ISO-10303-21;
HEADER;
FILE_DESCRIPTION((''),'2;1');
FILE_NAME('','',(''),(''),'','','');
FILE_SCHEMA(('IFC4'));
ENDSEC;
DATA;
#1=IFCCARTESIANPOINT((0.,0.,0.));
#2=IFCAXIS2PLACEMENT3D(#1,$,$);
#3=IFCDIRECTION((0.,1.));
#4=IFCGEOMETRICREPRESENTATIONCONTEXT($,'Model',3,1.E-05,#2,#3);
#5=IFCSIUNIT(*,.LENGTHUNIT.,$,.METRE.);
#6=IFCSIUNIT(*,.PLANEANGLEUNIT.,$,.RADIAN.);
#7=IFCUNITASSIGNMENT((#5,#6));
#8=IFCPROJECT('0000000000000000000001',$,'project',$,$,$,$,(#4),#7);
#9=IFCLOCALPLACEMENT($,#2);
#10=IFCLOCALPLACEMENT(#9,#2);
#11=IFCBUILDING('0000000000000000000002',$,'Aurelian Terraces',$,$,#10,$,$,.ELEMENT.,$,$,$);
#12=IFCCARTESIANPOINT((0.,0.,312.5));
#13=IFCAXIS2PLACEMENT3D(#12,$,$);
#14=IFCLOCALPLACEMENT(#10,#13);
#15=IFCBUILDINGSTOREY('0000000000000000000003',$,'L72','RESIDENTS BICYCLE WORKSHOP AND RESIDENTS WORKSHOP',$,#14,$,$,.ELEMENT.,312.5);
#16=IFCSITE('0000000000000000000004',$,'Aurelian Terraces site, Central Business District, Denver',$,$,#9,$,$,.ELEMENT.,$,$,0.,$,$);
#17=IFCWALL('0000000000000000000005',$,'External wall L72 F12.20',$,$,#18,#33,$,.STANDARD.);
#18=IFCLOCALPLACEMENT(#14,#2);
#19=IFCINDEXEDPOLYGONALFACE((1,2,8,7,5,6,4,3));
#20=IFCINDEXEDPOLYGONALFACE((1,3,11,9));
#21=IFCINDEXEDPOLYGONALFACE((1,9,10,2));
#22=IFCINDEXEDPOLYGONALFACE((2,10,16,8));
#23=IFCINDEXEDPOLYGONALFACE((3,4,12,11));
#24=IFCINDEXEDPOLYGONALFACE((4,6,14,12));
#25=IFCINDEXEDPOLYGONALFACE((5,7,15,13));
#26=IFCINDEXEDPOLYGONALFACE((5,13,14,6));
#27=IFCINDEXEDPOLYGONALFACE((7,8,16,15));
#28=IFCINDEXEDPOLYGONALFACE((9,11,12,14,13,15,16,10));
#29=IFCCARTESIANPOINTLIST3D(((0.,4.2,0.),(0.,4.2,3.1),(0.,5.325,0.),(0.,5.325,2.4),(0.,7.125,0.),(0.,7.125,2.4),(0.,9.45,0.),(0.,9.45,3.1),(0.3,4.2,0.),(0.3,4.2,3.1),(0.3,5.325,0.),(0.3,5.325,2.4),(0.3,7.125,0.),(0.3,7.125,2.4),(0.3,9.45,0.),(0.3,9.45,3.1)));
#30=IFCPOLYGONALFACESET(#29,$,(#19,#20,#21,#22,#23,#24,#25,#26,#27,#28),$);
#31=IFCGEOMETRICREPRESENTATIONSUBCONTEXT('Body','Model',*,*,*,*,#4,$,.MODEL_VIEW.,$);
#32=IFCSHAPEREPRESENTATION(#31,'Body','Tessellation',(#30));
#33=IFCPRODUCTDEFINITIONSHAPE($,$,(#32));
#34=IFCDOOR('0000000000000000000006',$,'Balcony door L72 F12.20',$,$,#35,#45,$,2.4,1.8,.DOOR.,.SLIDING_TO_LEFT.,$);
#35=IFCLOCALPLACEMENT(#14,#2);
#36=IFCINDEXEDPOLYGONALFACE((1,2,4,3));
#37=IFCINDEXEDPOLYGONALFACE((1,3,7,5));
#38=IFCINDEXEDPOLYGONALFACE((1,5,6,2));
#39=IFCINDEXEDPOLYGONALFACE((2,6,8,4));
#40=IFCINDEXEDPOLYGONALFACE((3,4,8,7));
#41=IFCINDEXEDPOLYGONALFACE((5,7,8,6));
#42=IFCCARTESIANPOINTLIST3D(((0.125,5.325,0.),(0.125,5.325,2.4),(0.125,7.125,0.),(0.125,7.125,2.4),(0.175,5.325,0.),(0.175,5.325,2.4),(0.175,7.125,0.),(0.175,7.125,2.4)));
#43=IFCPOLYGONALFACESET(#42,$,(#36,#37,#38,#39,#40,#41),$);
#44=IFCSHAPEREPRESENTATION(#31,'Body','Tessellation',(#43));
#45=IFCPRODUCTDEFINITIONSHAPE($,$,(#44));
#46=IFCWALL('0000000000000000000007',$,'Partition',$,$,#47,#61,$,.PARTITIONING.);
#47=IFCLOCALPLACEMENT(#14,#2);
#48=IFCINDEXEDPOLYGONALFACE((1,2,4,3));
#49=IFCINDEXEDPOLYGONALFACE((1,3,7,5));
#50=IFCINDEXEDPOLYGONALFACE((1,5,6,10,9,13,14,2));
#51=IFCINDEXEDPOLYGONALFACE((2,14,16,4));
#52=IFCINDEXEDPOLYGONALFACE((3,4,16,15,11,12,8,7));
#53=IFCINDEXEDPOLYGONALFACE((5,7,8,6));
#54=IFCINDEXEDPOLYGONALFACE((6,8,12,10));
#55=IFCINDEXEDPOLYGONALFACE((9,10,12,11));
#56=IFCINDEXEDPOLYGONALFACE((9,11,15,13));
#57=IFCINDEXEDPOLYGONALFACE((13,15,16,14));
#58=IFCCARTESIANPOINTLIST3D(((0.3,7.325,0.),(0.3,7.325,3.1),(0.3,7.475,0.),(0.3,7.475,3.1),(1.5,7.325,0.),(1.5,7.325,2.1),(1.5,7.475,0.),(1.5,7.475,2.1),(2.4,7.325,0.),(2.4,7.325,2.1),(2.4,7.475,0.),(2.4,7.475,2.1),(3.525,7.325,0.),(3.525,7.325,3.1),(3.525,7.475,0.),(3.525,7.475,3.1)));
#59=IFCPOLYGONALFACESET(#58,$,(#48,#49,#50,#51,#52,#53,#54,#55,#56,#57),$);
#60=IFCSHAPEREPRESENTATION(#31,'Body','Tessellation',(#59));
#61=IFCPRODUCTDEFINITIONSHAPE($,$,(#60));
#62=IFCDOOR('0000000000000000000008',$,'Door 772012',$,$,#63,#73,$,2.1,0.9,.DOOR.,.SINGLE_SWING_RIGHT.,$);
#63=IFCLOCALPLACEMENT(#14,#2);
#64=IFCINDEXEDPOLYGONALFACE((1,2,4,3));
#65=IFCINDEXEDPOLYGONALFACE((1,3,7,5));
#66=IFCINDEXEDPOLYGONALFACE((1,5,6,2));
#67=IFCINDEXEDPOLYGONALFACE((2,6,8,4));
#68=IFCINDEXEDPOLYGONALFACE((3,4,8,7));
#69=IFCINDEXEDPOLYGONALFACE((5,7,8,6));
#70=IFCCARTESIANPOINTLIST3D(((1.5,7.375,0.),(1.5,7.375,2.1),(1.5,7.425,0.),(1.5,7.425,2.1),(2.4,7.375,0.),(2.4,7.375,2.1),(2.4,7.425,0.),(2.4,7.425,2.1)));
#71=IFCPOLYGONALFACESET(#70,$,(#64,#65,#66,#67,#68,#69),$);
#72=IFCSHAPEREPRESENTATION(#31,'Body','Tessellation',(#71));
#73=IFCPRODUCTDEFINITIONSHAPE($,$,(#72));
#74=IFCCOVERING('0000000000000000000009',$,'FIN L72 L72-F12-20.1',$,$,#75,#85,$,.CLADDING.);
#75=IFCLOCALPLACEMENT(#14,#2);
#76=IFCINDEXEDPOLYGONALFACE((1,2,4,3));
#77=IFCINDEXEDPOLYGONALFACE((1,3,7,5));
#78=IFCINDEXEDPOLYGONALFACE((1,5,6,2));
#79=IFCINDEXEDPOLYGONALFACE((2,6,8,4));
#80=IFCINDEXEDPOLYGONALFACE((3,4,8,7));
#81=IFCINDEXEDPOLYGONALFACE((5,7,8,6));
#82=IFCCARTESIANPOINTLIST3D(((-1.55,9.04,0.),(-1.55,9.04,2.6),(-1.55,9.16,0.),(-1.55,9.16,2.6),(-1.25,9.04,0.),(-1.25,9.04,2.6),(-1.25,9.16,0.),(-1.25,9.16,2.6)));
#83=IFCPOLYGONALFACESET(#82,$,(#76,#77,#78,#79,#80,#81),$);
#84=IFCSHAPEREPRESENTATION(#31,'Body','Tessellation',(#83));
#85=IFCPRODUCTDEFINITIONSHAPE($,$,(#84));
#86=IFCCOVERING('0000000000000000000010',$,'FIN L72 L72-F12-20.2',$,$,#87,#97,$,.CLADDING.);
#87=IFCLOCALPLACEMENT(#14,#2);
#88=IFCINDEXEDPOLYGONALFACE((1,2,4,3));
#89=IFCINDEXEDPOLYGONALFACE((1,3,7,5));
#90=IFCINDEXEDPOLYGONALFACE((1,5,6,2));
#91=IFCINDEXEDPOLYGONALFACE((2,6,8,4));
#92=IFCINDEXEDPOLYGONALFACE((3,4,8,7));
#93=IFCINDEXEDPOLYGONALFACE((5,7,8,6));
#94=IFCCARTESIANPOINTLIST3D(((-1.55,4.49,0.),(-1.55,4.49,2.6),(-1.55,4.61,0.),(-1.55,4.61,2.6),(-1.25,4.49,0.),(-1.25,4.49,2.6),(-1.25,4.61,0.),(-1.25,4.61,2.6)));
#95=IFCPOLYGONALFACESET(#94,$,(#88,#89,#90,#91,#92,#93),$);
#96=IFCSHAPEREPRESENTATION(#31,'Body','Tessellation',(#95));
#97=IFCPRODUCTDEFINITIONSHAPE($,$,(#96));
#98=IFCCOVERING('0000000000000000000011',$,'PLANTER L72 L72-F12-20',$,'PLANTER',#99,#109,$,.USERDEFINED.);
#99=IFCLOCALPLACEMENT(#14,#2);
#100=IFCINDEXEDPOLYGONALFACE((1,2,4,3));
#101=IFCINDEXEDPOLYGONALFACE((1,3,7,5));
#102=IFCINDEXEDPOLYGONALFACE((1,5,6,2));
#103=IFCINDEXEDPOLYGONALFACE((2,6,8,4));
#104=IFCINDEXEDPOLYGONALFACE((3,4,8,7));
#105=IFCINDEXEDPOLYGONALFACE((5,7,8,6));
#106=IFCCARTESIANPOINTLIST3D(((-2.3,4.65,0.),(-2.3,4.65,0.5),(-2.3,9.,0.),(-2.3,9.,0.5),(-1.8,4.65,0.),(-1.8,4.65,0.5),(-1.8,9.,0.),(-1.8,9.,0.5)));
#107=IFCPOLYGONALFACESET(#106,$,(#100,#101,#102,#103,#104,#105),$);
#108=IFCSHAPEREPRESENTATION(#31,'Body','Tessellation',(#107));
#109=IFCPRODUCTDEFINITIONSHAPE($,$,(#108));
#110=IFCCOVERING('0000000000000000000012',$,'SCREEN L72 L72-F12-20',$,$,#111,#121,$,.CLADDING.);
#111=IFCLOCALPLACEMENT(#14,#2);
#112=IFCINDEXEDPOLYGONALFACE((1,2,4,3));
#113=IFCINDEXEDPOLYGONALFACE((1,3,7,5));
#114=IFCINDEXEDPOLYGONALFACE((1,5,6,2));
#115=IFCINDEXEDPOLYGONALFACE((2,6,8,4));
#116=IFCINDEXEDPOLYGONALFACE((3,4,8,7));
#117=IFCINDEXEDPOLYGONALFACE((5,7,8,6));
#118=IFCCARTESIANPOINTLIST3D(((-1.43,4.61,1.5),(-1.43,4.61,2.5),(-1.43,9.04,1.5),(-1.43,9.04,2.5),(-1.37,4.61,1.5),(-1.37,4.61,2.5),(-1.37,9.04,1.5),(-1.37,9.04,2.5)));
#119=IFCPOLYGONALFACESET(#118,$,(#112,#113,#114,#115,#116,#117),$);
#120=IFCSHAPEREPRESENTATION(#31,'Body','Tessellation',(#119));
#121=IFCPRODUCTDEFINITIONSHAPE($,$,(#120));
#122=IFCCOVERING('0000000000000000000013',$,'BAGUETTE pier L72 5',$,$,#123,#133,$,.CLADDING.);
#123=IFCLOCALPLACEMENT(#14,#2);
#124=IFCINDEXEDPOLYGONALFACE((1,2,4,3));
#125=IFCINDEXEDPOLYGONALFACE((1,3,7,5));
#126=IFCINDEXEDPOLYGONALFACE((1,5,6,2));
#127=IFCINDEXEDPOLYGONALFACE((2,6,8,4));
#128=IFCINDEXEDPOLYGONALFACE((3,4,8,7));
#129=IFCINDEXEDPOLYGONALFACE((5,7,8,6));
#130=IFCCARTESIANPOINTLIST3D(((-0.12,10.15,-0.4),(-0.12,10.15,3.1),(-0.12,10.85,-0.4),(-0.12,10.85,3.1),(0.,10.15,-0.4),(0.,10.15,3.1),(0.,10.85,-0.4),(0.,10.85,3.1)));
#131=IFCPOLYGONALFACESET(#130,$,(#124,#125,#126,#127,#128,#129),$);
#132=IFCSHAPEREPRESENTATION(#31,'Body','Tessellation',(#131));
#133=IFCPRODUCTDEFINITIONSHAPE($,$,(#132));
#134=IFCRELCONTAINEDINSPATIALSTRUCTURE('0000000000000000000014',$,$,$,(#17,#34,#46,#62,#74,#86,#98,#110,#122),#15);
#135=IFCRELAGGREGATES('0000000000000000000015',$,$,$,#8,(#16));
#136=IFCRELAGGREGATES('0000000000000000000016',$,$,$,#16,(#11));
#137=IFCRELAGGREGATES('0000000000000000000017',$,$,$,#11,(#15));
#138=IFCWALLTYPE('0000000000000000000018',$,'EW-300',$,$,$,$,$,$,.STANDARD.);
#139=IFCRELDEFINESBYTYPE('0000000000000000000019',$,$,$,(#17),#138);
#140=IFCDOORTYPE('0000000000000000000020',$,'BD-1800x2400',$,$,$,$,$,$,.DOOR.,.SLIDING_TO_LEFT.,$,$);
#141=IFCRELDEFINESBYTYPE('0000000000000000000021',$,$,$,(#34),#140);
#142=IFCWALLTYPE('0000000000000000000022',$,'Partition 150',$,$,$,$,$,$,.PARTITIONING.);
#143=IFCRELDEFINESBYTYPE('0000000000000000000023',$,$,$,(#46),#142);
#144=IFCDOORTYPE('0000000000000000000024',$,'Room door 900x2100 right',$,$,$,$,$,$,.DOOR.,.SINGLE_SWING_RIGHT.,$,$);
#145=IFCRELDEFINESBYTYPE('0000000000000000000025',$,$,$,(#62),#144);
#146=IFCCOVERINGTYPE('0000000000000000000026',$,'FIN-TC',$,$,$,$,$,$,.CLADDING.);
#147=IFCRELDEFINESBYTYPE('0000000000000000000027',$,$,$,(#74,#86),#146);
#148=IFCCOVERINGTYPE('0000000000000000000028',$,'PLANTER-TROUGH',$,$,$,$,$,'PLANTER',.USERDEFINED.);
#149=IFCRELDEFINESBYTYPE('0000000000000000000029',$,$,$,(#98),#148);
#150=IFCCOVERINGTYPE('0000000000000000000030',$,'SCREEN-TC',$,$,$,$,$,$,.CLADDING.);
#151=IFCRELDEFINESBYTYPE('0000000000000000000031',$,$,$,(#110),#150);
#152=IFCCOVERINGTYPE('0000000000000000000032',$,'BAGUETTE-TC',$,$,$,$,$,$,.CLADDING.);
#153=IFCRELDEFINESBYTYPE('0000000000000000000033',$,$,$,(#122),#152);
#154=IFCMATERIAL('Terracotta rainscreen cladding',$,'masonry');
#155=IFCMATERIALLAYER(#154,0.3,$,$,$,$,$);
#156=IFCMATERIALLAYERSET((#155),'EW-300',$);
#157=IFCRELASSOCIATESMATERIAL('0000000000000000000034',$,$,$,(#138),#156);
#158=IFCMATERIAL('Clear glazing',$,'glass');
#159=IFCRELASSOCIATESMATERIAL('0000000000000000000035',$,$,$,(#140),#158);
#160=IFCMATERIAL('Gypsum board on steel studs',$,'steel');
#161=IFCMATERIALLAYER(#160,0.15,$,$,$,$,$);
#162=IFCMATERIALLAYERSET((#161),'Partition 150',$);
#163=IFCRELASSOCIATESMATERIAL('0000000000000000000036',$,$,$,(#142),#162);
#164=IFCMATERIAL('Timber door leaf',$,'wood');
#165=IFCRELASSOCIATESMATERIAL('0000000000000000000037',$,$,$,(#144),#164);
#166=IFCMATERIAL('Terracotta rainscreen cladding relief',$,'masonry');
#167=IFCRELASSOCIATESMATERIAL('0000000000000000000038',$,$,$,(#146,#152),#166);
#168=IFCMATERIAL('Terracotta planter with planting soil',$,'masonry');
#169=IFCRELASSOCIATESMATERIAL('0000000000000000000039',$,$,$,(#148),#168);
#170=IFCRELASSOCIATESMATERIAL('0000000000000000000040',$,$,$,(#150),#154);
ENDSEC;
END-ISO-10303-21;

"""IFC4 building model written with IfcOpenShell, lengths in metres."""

from ifc_helpers import new_model, si_unit, direction, frame, frame_2d, origin, origin_2d, place, context, subcontext, project, spatial, rectangle, extrude, source, transform, mapped, material, layer, layer_set, type_object, element, fill, save


model = new_model("IFC4")

# Units and contexts
model_context = context("Model", 3, precision=1e-05, world=origin(), true_north=direction((0.0, 1.0)))
body_context = subcontext(model_context, "Body", "Model", "MODEL_VIEW")
ifc_project = project(units=[si_unit("LENGTHUNIT", "METRE"), si_unit("PLANEANGLEUNIT", "RADIAN")], contexts=[model_context])

# Site, building, storey
site_placement = place(None, origin())
site = spatial("IfcSite", under=ifc_project, at=site_placement, Name="Aurelian Terraces site, Central Business District, Denver", CompositionType="ELEMENT", RefElevation=0.0)
building_placement = place(site_placement, origin())
building = spatial("IfcBuilding", under=site, at=building_placement, Name="Aurelian Terraces", CompositionType="ELEMENT")
storey_placement = place(building_placement, frame((0.0, 0.0, 312.5)))
storey = spatial("IfcBuildingStorey", under=building, at=storey_placement, Name="L72", Description="RESIDENTS BICYCLE WORKSHOP AND RESIDENTS WORKSHOP", CompositionType="ELEMENT", Elevation=312.5)

# Shared definitions
ifc_material_1 = material(Name="Terracotta rainscreen cladding", Category="masonry")
ifc_layer_1 = layer(ifc_material_1, 0.3)
ifc_layer_set_1 = layer_set([ifc_layer_1], Name="EW-300")
wall_type_1 = type_object("IfcWallType", Name="EW-300", PredefinedType="STANDARD", material=ifc_layer_set_1)
ifc_material_2 = material(Name="Clear glazing", Category="glass")

# Shared definitions
shared_shape_1 = source(origin(), body_context, "Body", "SweptSolid", [
    extrude(rectangle(XDim=1.8, YDim=2.4, at=frame_2d((0.9, 1.2))), frame((0.0, 0.16, 0.0), z_axis=(0.0, -1.0, 0.0), x_axis=(1.0, 0.0, 0.0)), (0.0, 0.0, 1.0), 0.32),
])
door_type_1 = type_object("IfcDoorType", Name="BD-1800x2400", OperationType="SLIDING_TO_LEFT", PredefinedType="DOOR", material=ifc_material_2)
shared_shape_2 = source(origin(), body_context, "Body", "SweptSolid", [
    extrude(rectangle(XDim=1.8, YDim=2.4, at=frame_2d((0.9, 1.2))), frame((0.0, 0.025, 0.0), z_axis=(0.0, -1.0, 0.0), x_axis=(1.0, 0.0, 0.0)), (0.0, 0.0, 1.0), 0.05),
])

# Walls, openings, doors
shared_shape_3 = source(origin(), body_context, "Body", "SweptSolid", [
    extrude(rectangle(XDim=5.25, YDim=0.3, at=frame_2d((2.625, 0.0))), origin(), (0.0, 0.0, 1.0), 3.1),
])
wall_1_placement = place(storey_placement, frame((0.15, 9.45, 0.0), z_axis=(0.0, 0.0, 1.0), x_axis=(0.0, -1.0, 0.0)))
wall_1 = element("IfcWall", 1, at=wall_1_placement, inside=storey, type_object=wall_type_1, Name="External wall L72 F12.20", PredefinedType="STANDARD", context=body_context, shape_type="MappedRepresentation", body=[
    mapped(shared_shape_3, transform((0.0, 0.0, 0.0), scale=1.0)),
])
opening_1_placement = place(wall_1_placement, frame((2.325, 0.0, 0.0)))
opening_1 = element("IfcOpeningElement", 2, at=opening_1_placement, cuts=wall_1, PredefinedType="OPENING", context=body_context, shape_type="MappedRepresentation", body=[
    mapped(shared_shape_1, transform((0.0, 0.0, 0.0), scale=1.0)),
])
door_1_placement = place(opening_1_placement, origin())
door_1 = element("IfcDoor", 3, at=door_1_placement, inside=storey, type_object=door_type_1, Name="Balcony door L72 F12.20", OperationType="SLIDING_TO_LEFT", OverallHeight=2.4, OverallWidth=1.8, PredefinedType="DOOR", context=body_context, shape_type="MappedRepresentation", body=[
    mapped(shared_shape_2, transform((0.0, 0.0, 0.0), scale=1.0)),
])
fill(opening_1, door_1)
ifc_material_3 = material(Name="Gypsum board on steel studs", Category="steel")
ifc_layer_2 = layer(ifc_material_3, 0.15)
ifc_layer_set_2 = layer_set([ifc_layer_2], Name="Partition 150")
wall_type_2 = type_object("IfcWallType", Name="Partition 150", PredefinedType="PARTITIONING", material=ifc_layer_set_2)
shared_shape_4 = source(origin(), body_context, "Body", "SweptSolid", [
    extrude(rectangle(XDim=3.225, YDim=0.15, at=frame_2d((1.6125, 0.0))), origin(), (0.0, 0.0, 1.0), 3.1),
])
wall_2_placement = place(storey_placement, frame((0.3, 7.4, 0.0), z_axis=(0.0, 0.0, 1.0), x_axis=(1.0, 0.0, 0.0)))
wall_2 = element("IfcWall", 4, at=wall_2_placement, inside=storey, type_object=wall_type_2, Name="Partition", PredefinedType="PARTITIONING", context=body_context, shape_type="MappedRepresentation", body=[
    mapped(shared_shape_4, transform((0.0, 0.0, 0.0), scale=1.0)),
])
shared_shape_5 = source(origin(), body_context, "Body", "SweptSolid", [
    extrude(rectangle(XDim=0.9, YDim=2.1, at=frame_2d((0.45, 1.05))), frame((0.0, 0.085, 0.0), z_axis=(0.0, -1.0, 0.0), x_axis=(1.0, 0.0, 0.0)), (0.0, 0.0, 1.0), 0.17),
])
opening_2_placement = place(wall_2_placement, frame((1.2, 0.0, 0.0)))
opening_2 = element("IfcOpeningElement", 5, at=opening_2_placement, cuts=wall_2, PredefinedType="OPENING", context=body_context, shape_type="MappedRepresentation", body=[
    mapped(shared_shape_5, transform((0.0, 0.0, 0.0), scale=1.0)),
])
ifc_material_4 = material(Name="Timber door leaf", Category="wood")
door_type_2 = type_object("IfcDoorType", Name="Room door 900x2100 right", OperationType="SINGLE_SWING_RIGHT", PredefinedType="DOOR", material=ifc_material_4)
shared_shape_6 = source(origin(), body_context, "Body", "SweptSolid", [
    extrude(rectangle(XDim=0.9, YDim=2.1, at=frame_2d((0.45, 1.05))), frame((0.0, 0.025, 0.0), z_axis=(0.0, -1.0, 0.0), x_axis=(1.0, 0.0, 0.0)), (0.0, 0.0, 1.0), 0.05),
])
door_2_placement = place(opening_2_placement, origin())
door_2 = element("IfcDoor", 6, at=door_2_placement, inside=storey, type_object=door_type_2, Name="Door 772012", OperationType="SINGLE_SWING_RIGHT", OverallHeight=2.1, OverallWidth=0.9, PredefinedType="DOOR", context=body_context, shape_type="MappedRepresentation", body=[
    mapped(shared_shape_6, transform((0.0, 0.0, 0.0), scale=1.0)),
])
fill(opening_2, door_2)

# Coverings
ifc_material_5 = material(Name="Terracotta rainscreen cladding relief", Category="masonry")
covering_type_1 = type_object("IfcCoveringType", Name="FIN-TC", PredefinedType="CLADDING", material=ifc_material_5)
shared_shape_7 = source(origin(), body_context, "Body", "SweptSolid", [
    extrude(rectangle(XDim=0.3, YDim=0.12, at=origin_2d()), origin(), (0.0, 0.0, 1.0), 2.6),
])
for number, where, z_axis, x_axis, name in (
    (7, (-1.4, 9.1, 0.0), (0.0, 0.0, 1.0), (1.0, 0.0, 0.0), "FIN L72 L72-F12-20.1"),
    (8, (-1.4, 4.55, 0.0), (0.0, 0.0, 1.0), (1.0, 0.0, 0.0), "FIN L72 L72-F12-20.2"),
):
    element("IfcCovering", number, at=place(storey_placement, frame(where, z_axis=z_axis, x_axis=x_axis)), inside=storey, type_object=covering_type_1, Name=name, PredefinedType="CLADDING", context=body_context, shape_type="MappedRepresentation", body=[
        mapped(shared_shape_7, transform((0.0, 0.0, 0.0), scale=1.0)),
    ])

# Coverings
ifc_material_6 = material(Name="Terracotta planter with planting soil", Category="masonry")
covering_type_2 = type_object("IfcCoveringType", Name="PLANTER-TROUGH", ElementType="PLANTER", PredefinedType="USERDEFINED", material=ifc_material_6)
shared_shape_8 = source(origin(), body_context, "Body", "SweptSolid", [
    extrude(rectangle(XDim=0.5, YDim=4.35, at=origin_2d()), origin(), (0.0, 0.0, 1.0), 0.5),
])
covering_1_placement = place(storey_placement, frame((-2.05, 6.825, 0.0), z_axis=(0.0, 0.0, 1.0), x_axis=(1.0, 0.0, 0.0)))
element("IfcCovering", 9, at=covering_1_placement, inside=storey, type_object=covering_type_2, Name="PLANTER L72 L72-F12-20", ObjectType="PLANTER", PredefinedType="USERDEFINED", context=body_context, shape_type="MappedRepresentation", body=[
    mapped(shared_shape_8, transform((0.0, 0.0, 0.0), scale=1.0)),
])
covering_type_3 = type_object("IfcCoveringType", Name="SCREEN-TC", PredefinedType="CLADDING", material=ifc_material_1)
shared_shape_9 = source(origin(), body_context, "Body", "SweptSolid", [
    extrude(rectangle(XDim=0.06, YDim=4.43, at=origin_2d()), origin(), (0.0, 0.0, 1.0), 1.0),
])
covering_2_placement = place(storey_placement, frame((-1.4, 6.825, 1.5), z_axis=(0.0, 0.0, 1.0), x_axis=(1.0, 0.0, 0.0)))
element("IfcCovering", 10, at=covering_2_placement, inside=storey, type_object=covering_type_3, Name="SCREEN L72 L72-F12-20", PredefinedType="CLADDING", context=body_context, shape_type="MappedRepresentation", body=[
    mapped(shared_shape_9, transform((0.0, 0.0, 0.0), scale=1.0)),
])
covering_type_4 = type_object("IfcCoveringType", Name="BAGUETTE-TC", PredefinedType="CLADDING", material=ifc_material_5)
shared_shape_10 = source(origin(), body_context, "Body", "SweptSolid", [
    extrude(rectangle(XDim=0.12, YDim=0.7, at=origin_2d()), origin(), (0.0, 0.0, 1.0), 3.5),
])
covering_3_placement = place(storey_placement, frame((-0.06, 10.5, -0.4), z_axis=(0.0, 0.0, 1.0), x_axis=(1.0, 0.0, 0.0)))
element("IfcCovering", 11, at=covering_3_placement, inside=storey, type_object=covering_type_4, Name="BAGUETTE pier L72 5", PredefinedType="CLADDING", context=body_context, shape_type="MappedRepresentation", body=[
    mapped(shared_shape_10, transform((0.0, 0.0, 0.0), scale=1.0)),
])

save(model, "model.ifc")
